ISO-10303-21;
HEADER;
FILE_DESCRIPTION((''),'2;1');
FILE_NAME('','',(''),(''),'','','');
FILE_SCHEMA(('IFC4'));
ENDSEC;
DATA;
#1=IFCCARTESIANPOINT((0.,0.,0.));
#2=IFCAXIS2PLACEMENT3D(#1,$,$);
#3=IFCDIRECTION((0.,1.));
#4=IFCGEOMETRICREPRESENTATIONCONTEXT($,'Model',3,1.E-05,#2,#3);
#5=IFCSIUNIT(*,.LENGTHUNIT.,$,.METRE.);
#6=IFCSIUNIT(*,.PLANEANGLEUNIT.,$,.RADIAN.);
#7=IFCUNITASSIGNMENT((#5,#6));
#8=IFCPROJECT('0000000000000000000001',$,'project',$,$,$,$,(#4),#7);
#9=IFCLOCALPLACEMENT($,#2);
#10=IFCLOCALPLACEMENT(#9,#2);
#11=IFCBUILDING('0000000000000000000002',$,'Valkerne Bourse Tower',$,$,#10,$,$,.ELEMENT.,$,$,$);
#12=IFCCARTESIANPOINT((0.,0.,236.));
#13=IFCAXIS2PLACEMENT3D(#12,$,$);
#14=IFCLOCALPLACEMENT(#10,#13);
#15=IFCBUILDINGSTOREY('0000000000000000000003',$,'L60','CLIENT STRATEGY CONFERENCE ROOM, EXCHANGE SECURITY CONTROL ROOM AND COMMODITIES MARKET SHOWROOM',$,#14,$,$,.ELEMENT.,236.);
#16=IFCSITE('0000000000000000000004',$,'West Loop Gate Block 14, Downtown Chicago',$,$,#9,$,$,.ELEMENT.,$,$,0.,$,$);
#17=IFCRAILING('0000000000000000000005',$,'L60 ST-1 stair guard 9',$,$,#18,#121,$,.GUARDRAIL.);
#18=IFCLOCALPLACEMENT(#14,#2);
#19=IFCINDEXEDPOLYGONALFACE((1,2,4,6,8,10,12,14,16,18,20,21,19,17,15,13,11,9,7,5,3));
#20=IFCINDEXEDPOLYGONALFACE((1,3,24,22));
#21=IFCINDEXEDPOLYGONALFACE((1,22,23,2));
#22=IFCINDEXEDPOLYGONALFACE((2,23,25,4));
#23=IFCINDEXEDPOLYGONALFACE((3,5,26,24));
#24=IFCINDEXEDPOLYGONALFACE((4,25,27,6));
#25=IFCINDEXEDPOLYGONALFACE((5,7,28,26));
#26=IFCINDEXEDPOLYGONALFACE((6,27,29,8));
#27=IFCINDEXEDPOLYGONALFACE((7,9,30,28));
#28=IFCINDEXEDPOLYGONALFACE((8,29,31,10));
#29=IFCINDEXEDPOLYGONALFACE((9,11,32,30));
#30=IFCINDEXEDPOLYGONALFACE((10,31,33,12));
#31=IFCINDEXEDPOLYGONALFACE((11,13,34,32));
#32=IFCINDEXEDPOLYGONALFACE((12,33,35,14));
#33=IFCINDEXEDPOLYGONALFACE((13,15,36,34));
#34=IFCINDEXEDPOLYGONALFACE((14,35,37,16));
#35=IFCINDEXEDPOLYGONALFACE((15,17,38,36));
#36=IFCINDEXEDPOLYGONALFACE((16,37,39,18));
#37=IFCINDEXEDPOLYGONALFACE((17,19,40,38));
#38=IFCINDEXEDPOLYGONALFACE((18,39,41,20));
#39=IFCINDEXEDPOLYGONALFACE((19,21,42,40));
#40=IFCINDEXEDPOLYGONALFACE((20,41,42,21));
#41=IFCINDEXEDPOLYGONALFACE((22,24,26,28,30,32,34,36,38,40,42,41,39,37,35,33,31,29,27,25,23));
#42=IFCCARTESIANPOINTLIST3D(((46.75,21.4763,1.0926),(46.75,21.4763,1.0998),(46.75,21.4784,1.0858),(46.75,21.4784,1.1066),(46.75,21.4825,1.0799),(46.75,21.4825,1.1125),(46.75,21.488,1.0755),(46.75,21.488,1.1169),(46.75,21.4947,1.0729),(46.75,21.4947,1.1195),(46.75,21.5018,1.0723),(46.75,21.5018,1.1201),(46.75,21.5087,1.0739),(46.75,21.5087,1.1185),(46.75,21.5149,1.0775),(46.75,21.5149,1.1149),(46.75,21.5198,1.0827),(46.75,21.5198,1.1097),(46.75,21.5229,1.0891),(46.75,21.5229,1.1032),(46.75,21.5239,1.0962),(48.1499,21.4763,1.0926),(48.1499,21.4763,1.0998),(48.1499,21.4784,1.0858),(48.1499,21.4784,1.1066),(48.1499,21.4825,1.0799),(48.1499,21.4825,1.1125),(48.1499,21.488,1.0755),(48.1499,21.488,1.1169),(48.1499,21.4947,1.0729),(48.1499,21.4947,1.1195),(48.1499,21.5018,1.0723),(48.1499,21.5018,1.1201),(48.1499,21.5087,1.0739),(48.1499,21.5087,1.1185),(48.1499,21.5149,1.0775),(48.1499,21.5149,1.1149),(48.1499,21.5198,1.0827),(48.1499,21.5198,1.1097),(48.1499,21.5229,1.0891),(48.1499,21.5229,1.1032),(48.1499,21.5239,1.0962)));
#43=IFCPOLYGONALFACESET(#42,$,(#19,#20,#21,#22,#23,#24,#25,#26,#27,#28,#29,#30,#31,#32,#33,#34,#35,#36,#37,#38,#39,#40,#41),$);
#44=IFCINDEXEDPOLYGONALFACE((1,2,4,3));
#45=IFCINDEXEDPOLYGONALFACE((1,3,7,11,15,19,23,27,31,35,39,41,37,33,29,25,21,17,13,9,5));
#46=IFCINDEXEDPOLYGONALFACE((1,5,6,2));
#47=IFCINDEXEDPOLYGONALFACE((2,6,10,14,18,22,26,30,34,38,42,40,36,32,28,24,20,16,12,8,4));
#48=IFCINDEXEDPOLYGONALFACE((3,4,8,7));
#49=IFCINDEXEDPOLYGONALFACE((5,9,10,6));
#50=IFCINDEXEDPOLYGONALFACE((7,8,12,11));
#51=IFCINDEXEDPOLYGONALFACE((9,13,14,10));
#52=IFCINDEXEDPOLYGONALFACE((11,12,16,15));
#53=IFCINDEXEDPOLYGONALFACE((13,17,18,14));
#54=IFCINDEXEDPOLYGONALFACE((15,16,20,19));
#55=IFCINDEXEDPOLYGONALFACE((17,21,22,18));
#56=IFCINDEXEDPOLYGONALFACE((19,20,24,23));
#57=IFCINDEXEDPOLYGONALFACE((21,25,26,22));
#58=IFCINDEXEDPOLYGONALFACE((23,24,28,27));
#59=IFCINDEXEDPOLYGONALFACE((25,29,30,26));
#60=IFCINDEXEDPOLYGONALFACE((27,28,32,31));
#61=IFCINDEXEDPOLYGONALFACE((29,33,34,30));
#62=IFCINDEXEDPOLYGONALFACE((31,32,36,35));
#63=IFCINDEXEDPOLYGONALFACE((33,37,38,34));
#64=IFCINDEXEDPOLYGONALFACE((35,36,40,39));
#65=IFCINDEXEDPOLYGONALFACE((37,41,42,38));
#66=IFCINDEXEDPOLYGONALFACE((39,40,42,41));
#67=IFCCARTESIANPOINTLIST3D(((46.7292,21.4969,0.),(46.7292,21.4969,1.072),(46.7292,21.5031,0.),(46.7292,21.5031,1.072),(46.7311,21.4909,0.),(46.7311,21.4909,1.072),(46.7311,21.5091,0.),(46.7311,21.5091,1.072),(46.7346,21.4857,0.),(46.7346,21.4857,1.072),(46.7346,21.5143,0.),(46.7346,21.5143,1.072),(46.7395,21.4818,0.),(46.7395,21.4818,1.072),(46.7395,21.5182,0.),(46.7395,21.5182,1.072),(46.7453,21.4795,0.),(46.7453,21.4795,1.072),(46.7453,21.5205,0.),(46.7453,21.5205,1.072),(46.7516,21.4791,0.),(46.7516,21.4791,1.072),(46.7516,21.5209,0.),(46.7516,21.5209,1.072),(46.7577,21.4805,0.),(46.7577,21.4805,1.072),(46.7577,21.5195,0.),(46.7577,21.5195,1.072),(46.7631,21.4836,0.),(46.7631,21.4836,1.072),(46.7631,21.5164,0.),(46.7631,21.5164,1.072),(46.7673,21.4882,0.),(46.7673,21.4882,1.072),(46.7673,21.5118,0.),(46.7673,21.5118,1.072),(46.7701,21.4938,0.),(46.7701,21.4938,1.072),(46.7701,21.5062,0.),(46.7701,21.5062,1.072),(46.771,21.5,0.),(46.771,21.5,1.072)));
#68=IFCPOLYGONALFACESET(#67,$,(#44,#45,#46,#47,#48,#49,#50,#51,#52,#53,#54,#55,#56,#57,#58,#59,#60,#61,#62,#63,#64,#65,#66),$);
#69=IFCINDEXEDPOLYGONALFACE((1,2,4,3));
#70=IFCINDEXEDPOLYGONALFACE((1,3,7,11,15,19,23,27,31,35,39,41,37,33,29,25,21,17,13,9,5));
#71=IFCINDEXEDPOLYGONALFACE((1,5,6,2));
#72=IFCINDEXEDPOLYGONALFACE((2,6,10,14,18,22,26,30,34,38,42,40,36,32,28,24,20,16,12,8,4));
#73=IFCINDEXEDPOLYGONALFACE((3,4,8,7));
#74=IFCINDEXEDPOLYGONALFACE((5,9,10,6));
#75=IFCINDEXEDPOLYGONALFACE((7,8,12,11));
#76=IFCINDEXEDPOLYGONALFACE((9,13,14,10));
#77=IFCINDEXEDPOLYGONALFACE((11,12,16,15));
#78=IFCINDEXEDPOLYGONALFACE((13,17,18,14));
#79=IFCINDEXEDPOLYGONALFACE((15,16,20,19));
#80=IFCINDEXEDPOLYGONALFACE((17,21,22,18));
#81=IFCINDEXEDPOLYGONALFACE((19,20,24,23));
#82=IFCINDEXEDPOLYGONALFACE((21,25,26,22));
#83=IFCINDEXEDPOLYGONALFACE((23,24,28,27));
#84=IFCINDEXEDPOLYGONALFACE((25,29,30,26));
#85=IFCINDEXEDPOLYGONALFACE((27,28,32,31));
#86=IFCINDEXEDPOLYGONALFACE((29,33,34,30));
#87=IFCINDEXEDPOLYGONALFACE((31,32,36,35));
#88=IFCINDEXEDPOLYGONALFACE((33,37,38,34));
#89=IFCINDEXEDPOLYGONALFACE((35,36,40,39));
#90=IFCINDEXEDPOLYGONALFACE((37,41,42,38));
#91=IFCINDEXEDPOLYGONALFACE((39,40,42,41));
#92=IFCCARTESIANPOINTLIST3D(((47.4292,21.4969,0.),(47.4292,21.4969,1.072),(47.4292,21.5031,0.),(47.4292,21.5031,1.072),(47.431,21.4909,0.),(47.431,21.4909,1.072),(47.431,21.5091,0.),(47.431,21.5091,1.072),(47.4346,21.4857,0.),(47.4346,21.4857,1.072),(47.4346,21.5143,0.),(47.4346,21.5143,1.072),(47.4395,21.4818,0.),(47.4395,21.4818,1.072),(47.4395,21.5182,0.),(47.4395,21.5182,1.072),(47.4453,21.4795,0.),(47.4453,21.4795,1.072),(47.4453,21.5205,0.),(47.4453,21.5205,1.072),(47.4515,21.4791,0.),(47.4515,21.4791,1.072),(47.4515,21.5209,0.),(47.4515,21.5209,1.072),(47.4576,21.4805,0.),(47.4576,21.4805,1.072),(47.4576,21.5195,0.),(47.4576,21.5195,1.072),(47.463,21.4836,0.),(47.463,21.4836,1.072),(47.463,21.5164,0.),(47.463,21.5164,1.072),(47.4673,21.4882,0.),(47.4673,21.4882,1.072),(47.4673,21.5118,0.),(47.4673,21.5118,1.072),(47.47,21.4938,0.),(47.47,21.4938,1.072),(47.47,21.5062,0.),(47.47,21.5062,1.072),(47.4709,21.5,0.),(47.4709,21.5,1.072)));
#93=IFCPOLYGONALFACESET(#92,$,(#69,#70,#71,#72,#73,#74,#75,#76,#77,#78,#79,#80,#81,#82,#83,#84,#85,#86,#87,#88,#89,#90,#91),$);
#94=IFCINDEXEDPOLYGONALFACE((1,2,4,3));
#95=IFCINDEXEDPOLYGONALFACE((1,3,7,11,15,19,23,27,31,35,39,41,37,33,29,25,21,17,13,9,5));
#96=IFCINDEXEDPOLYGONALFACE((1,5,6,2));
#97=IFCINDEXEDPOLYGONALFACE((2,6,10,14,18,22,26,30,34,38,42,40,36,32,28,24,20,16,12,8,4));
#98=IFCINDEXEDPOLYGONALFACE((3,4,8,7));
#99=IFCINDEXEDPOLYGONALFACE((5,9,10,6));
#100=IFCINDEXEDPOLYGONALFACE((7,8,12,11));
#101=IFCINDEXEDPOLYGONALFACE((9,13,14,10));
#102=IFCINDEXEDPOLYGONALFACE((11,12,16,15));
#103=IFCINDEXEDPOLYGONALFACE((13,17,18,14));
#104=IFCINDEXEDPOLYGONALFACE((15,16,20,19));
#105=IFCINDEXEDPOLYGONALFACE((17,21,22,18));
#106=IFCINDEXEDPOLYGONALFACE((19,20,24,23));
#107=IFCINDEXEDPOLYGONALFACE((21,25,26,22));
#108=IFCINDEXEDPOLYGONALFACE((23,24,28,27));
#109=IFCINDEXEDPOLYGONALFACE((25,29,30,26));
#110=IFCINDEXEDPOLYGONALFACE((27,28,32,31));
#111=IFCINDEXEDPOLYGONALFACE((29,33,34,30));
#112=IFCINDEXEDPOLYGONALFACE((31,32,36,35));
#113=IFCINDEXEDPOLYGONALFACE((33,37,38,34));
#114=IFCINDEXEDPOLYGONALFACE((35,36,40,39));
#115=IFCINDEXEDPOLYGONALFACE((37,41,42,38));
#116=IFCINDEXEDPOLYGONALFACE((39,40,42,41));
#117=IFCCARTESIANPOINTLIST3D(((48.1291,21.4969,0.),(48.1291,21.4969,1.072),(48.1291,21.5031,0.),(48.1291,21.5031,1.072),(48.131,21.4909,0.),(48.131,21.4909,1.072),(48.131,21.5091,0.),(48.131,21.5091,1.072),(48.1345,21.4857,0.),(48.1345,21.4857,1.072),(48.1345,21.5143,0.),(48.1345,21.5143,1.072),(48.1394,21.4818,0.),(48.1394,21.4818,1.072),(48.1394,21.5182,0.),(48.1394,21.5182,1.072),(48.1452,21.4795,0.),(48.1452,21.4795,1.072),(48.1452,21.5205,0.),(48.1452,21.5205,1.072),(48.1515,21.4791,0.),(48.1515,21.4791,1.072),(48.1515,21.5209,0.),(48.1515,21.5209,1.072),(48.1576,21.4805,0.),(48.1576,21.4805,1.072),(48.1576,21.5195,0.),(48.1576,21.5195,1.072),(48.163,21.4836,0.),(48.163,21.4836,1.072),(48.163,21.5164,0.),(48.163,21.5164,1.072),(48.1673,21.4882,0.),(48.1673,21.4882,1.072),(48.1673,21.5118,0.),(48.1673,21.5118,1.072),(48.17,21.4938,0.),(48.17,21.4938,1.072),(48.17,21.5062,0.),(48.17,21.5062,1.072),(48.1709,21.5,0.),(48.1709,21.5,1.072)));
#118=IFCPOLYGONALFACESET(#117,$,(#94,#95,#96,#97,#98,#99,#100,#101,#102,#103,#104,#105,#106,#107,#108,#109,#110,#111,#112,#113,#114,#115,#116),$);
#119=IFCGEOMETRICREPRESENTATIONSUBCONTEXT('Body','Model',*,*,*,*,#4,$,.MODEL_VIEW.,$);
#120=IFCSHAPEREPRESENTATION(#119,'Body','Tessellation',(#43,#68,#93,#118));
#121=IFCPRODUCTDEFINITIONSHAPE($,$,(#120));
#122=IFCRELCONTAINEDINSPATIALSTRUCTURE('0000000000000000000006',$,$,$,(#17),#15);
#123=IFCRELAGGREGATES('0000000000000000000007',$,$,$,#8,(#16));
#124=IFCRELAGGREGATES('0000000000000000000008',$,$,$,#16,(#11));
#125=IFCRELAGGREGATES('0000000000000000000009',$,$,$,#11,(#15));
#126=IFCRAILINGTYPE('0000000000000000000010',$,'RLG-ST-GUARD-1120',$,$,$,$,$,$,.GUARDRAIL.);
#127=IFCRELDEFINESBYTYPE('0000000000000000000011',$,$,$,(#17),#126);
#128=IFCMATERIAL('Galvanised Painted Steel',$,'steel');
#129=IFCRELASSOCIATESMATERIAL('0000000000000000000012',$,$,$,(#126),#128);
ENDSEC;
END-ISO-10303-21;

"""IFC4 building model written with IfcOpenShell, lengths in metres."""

from ifc_helpers import new_model, si_unit, direction, frame, origin, origin_2d, place, context, subcontext, project, spatial, circle, extrude, material, type_object, element, save


model = new_model("IFC4")

# Units and contexts
model_context = context("Model", 3, precision=1e-05, world=origin(), true_north=direction((0.0, 1.0)))
body_context = subcontext(model_context, "Body", "Model", "MODEL_VIEW")
ifc_project = project(units=[si_unit("LENGTHUNIT", "METRE"), si_unit("PLANEANGLEUNIT", "RADIAN")], contexts=[model_context])

# Site, building, storey
site_placement = place(None, origin())
site = spatial("IfcSite", under=ifc_project, at=site_placement, Name="West Loop Gate Block 14, Downtown Chicago", CompositionType="ELEMENT", RefElevation=0.0)
building_placement = place(site_placement, origin())
building = spatial("IfcBuilding", under=site, at=building_placement, Name="Valkerne Bourse Tower", CompositionType="ELEMENT")
storey_placement = place(building_placement, frame((0.0, 0.0, 236.0)))
storey = spatial("IfcBuildingStorey", under=building, at=storey_placement, Name="L60", Description="CLIENT STRATEGY CONFERENCE ROOM, EXCHANGE SECURITY CONTROL ROOM AND COMMODITIES MARKET SHOWROOM", CompositionType="ELEMENT", Elevation=236.0)

# Shared definitions
ifc_material_1 = material(Name="Galvanised Painted Steel", Category="steel")

# Railing
railing_type_1 = type_object("IfcRailingType", Name="RLG-ST-GUARD-1120", PredefinedType="GUARDRAIL", material=ifc_material_1)
for number, where, name in (
    (1, (46.75, 21.5, 0.0), "L60 ST-1 stair guard 9"),
):
    element("IfcRailing", number, at=place(storey_placement, frame(where)), inside=storey, type_object=railing_type_1, Name=name, PredefinedType="GUARDRAIL", context=body_context, shape_type="SweptSolid", body=[
        extrude(circle(Radius=0.0239, at=origin_2d()), frame((0.0, 0.0, 1.0962), z_axis=(1.0, 0.0, 0.0), x_axis=(0.0, 1.0, 0.0)), (0.0, 0.0, 1.0), 1.3999),
        extrude(circle(Radius=0.021, at=origin_2d()), origin(), (0.0, 0.0, 1.0), 1.072),
        extrude(circle(Radius=0.021, at=origin_2d()), frame((0.7, 0.0, 0.0)), (0.0, 0.0, 1.0), 1.072),
        extrude(circle(Radius=0.021, at=origin_2d()), frame((1.3999, 0.0, 0.0)), (0.0, 0.0, 1.0), 1.072),
    ])

save(model, "model.ifc")
